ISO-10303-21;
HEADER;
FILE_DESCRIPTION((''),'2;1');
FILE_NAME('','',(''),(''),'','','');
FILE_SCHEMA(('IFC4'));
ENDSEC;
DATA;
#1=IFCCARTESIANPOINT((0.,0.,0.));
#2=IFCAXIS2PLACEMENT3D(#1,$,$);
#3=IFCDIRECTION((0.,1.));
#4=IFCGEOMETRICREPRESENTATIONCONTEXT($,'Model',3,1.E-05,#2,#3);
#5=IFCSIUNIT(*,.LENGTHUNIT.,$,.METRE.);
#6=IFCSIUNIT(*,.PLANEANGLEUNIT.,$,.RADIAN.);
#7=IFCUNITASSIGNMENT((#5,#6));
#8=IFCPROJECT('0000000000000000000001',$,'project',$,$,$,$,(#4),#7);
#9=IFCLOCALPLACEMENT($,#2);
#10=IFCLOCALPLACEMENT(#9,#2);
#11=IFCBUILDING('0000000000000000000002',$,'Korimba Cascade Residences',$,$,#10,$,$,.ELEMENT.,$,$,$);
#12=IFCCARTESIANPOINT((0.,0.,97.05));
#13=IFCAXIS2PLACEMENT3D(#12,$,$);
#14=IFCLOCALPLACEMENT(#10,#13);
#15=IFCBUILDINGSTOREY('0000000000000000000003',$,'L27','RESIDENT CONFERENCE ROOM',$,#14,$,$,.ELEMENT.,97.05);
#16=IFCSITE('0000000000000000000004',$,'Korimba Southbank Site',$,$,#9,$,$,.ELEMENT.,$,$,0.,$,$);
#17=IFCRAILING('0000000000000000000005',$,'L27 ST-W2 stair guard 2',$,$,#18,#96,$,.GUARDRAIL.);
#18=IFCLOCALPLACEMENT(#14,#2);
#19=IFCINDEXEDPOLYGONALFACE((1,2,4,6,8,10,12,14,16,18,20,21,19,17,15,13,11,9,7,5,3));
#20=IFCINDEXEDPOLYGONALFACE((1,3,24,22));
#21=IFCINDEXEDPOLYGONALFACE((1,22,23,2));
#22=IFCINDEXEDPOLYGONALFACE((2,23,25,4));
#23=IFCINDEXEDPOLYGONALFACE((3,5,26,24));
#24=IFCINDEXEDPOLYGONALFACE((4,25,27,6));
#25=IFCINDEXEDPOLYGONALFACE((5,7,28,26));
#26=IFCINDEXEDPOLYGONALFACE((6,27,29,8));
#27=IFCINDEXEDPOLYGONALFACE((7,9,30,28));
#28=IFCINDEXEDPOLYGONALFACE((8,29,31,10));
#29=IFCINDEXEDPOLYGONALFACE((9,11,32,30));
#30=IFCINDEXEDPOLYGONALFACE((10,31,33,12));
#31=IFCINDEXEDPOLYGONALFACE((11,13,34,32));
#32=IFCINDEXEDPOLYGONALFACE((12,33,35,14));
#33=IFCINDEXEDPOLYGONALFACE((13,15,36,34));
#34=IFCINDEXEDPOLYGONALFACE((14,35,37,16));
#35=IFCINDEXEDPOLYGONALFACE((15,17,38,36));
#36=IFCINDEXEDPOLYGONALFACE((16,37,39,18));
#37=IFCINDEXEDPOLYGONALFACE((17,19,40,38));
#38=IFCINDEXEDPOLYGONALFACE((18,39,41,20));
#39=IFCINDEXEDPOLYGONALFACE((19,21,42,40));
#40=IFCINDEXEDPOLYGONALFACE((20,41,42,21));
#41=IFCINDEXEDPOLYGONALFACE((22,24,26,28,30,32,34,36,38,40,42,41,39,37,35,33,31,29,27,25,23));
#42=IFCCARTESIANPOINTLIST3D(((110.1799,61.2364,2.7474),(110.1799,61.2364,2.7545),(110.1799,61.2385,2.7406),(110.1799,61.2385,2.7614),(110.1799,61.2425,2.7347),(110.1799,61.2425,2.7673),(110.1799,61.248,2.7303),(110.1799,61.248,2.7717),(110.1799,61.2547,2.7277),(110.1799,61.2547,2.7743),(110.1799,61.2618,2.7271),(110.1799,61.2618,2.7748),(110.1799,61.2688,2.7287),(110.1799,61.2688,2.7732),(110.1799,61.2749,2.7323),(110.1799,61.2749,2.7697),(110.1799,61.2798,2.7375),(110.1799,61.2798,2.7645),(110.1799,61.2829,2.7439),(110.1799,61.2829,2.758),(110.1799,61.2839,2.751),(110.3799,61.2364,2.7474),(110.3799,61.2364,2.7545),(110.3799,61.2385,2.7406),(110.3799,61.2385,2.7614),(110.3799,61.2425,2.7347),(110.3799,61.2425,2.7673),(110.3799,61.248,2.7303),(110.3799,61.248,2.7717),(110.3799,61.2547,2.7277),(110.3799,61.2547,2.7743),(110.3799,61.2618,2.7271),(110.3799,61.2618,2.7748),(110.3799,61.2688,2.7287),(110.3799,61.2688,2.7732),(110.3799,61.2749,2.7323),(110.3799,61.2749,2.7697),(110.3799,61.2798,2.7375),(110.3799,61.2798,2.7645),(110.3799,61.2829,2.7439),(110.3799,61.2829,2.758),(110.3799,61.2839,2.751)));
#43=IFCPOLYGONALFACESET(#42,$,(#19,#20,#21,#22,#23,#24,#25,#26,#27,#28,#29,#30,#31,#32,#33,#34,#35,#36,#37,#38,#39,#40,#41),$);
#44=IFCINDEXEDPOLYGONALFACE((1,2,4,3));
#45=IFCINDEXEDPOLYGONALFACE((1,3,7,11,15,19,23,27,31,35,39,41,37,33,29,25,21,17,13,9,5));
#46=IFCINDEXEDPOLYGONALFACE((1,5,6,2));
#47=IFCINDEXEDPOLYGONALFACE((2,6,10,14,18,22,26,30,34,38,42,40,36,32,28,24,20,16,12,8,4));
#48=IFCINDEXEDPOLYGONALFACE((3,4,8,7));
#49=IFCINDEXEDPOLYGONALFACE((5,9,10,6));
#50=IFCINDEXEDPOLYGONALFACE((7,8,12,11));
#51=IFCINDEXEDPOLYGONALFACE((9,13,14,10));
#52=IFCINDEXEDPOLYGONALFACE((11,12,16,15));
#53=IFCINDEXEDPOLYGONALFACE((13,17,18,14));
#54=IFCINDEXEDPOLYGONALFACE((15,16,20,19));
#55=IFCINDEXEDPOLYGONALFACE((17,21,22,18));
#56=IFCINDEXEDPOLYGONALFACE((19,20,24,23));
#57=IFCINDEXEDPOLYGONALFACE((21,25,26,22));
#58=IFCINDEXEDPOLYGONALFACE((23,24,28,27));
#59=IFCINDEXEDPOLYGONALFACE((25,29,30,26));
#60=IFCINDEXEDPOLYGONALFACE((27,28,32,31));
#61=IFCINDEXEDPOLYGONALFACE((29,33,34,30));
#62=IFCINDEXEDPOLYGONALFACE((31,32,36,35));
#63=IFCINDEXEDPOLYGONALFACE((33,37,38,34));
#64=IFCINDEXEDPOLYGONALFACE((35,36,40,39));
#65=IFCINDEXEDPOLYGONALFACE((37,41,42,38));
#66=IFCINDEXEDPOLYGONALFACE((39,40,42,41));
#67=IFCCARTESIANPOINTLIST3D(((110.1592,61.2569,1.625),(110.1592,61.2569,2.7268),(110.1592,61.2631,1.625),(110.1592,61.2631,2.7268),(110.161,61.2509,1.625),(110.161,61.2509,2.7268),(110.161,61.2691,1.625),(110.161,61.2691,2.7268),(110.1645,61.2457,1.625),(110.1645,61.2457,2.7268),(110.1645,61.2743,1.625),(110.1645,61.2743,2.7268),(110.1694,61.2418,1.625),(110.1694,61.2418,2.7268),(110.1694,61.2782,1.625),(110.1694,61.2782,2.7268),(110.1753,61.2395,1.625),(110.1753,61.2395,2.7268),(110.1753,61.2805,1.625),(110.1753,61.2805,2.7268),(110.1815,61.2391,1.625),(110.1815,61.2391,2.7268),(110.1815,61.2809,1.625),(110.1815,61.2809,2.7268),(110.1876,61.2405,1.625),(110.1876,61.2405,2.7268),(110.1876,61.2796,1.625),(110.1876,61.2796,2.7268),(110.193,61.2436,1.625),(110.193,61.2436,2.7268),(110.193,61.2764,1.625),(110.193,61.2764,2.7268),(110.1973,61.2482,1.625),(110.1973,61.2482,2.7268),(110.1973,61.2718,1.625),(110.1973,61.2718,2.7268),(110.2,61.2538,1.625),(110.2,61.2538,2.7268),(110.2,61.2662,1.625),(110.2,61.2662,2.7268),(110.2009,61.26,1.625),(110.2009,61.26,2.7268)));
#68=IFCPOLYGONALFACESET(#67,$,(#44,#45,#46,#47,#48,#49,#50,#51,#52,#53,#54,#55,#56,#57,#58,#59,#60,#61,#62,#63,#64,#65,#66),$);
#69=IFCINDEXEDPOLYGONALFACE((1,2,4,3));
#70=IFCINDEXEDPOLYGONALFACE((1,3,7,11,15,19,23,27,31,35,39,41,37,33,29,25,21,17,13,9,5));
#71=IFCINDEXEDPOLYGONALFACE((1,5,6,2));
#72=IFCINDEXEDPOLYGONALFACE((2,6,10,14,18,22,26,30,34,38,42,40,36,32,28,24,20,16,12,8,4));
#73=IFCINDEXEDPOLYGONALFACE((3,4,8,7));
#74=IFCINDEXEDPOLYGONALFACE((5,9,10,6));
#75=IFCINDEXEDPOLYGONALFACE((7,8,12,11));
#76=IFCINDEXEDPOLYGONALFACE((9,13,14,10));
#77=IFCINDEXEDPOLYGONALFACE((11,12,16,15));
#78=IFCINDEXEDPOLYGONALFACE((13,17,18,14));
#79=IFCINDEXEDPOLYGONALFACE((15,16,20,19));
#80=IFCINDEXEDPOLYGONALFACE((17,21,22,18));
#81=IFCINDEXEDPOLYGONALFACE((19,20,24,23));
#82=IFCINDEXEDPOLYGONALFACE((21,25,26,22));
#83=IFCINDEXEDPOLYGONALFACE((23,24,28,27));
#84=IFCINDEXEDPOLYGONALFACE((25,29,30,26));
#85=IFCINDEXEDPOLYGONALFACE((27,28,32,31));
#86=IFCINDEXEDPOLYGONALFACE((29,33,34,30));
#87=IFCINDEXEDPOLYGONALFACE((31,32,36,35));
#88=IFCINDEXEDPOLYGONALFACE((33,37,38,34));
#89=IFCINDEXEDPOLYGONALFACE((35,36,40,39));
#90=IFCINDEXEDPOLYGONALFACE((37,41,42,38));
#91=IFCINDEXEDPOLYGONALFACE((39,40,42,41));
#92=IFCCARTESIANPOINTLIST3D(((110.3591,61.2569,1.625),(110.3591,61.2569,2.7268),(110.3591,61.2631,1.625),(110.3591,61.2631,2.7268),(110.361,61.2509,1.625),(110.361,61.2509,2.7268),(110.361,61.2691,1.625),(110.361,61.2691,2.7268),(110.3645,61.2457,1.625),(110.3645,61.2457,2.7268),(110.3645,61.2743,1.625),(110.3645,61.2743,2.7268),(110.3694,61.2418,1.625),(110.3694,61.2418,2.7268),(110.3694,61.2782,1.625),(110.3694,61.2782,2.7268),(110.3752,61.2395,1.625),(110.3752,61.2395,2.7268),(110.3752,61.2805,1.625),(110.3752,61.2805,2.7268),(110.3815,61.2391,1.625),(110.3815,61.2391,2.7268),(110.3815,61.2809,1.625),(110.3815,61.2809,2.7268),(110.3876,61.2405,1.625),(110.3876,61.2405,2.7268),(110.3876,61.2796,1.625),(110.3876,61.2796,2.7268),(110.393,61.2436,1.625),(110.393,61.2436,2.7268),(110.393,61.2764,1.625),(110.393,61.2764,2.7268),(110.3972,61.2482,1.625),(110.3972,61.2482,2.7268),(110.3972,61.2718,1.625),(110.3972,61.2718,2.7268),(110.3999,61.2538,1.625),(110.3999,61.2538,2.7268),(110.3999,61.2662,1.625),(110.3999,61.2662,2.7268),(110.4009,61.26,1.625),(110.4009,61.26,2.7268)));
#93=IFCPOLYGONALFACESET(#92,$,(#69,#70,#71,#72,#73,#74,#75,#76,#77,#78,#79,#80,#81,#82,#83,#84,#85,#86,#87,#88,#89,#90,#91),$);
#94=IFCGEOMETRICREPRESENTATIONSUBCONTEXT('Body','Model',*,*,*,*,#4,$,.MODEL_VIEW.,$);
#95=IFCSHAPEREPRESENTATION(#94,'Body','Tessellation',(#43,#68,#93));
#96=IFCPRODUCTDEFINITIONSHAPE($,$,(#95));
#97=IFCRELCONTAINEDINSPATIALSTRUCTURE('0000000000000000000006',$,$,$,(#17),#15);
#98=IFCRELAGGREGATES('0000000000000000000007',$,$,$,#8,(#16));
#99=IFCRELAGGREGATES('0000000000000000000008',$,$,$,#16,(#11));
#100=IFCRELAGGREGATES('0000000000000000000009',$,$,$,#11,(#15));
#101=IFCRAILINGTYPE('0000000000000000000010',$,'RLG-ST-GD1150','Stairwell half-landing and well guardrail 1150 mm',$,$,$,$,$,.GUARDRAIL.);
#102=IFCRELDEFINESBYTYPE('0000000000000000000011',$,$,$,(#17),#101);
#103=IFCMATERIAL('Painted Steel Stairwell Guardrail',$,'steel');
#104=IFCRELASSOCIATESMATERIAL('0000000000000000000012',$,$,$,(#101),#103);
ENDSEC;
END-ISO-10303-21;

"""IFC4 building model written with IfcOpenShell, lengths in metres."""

from ifc_helpers import new_model, si_unit, direction, frame, origin, origin_2d, place, context, subcontext, project, spatial, circle, extrude, material, type_object, element, save


model = new_model("IFC4")

# Units and contexts
model_context = context("Model", 3, precision=1e-05, world=origin(), true_north=direction((0.0, 1.0)))
body_context = subcontext(model_context, "Body", "Model", "MODEL_VIEW")
ifc_project = project(units=[si_unit("LENGTHUNIT", "METRE"), si_unit("PLANEANGLEUNIT", "RADIAN")], contexts=[model_context])

# Site, building, storey
site_placement = place(None, origin())
site = spatial("IfcSite", under=ifc_project, at=site_placement, Name="Korimba Southbank Site", CompositionType="ELEMENT", RefElevation=0.0)
building_placement = place(site_placement, origin())
building = spatial("IfcBuilding", under=site, at=building_placement, Name="Korimba Cascade Residences", CompositionType="ELEMENT")
storey_placement = place(building_placement, frame((0.0, 0.0, 97.05)))
storey = spatial("IfcBuildingStorey", under=building, at=storey_placement, Name="L27", Description="RESIDENT CONFERENCE ROOM", CompositionType="ELEMENT", Elevation=97.05)

# Railing
ifc_material_1 = material(Name="Painted Steel Stairwell Guardrail", Category="steel")
railing_type_1 = type_object("IfcRailingType", Name="RLG-ST-GD1150", Description="Stairwell half-landing and well guardrail 1150 mm", PredefinedType="GUARDRAIL", material=ifc_material_1)
railing_1_placement = place(storey_placement, frame((110.1799, 61.26, 1.625)))
element("IfcRailing", 1, at=railing_1_placement, inside=storey, type_object=railing_type_1, Name="L27 ST-W2 stair guard 2", PredefinedType="GUARDRAIL", context=body_context, shape_type="SweptSolid", body=[
    extrude(circle(Radius=0.0239, at=origin_2d()), frame((0.0, 0.0, 1.126), z_axis=(1.0, 0.0, 0.0), x_axis=(0.0, 1.0, 0.0)), (0.0, 0.0, 1.0), 0.2),
    extrude(circle(Radius=0.021, at=origin_2d()), origin(), (0.0, 0.0, 1.0), 1.1018),
    extrude(circle(Radius=0.021, at=origin_2d()), frame((0.2, 0.0, 0.0)), (0.0, 0.0, 1.0), 1.1018),
])

save(model, "model.ifc")
